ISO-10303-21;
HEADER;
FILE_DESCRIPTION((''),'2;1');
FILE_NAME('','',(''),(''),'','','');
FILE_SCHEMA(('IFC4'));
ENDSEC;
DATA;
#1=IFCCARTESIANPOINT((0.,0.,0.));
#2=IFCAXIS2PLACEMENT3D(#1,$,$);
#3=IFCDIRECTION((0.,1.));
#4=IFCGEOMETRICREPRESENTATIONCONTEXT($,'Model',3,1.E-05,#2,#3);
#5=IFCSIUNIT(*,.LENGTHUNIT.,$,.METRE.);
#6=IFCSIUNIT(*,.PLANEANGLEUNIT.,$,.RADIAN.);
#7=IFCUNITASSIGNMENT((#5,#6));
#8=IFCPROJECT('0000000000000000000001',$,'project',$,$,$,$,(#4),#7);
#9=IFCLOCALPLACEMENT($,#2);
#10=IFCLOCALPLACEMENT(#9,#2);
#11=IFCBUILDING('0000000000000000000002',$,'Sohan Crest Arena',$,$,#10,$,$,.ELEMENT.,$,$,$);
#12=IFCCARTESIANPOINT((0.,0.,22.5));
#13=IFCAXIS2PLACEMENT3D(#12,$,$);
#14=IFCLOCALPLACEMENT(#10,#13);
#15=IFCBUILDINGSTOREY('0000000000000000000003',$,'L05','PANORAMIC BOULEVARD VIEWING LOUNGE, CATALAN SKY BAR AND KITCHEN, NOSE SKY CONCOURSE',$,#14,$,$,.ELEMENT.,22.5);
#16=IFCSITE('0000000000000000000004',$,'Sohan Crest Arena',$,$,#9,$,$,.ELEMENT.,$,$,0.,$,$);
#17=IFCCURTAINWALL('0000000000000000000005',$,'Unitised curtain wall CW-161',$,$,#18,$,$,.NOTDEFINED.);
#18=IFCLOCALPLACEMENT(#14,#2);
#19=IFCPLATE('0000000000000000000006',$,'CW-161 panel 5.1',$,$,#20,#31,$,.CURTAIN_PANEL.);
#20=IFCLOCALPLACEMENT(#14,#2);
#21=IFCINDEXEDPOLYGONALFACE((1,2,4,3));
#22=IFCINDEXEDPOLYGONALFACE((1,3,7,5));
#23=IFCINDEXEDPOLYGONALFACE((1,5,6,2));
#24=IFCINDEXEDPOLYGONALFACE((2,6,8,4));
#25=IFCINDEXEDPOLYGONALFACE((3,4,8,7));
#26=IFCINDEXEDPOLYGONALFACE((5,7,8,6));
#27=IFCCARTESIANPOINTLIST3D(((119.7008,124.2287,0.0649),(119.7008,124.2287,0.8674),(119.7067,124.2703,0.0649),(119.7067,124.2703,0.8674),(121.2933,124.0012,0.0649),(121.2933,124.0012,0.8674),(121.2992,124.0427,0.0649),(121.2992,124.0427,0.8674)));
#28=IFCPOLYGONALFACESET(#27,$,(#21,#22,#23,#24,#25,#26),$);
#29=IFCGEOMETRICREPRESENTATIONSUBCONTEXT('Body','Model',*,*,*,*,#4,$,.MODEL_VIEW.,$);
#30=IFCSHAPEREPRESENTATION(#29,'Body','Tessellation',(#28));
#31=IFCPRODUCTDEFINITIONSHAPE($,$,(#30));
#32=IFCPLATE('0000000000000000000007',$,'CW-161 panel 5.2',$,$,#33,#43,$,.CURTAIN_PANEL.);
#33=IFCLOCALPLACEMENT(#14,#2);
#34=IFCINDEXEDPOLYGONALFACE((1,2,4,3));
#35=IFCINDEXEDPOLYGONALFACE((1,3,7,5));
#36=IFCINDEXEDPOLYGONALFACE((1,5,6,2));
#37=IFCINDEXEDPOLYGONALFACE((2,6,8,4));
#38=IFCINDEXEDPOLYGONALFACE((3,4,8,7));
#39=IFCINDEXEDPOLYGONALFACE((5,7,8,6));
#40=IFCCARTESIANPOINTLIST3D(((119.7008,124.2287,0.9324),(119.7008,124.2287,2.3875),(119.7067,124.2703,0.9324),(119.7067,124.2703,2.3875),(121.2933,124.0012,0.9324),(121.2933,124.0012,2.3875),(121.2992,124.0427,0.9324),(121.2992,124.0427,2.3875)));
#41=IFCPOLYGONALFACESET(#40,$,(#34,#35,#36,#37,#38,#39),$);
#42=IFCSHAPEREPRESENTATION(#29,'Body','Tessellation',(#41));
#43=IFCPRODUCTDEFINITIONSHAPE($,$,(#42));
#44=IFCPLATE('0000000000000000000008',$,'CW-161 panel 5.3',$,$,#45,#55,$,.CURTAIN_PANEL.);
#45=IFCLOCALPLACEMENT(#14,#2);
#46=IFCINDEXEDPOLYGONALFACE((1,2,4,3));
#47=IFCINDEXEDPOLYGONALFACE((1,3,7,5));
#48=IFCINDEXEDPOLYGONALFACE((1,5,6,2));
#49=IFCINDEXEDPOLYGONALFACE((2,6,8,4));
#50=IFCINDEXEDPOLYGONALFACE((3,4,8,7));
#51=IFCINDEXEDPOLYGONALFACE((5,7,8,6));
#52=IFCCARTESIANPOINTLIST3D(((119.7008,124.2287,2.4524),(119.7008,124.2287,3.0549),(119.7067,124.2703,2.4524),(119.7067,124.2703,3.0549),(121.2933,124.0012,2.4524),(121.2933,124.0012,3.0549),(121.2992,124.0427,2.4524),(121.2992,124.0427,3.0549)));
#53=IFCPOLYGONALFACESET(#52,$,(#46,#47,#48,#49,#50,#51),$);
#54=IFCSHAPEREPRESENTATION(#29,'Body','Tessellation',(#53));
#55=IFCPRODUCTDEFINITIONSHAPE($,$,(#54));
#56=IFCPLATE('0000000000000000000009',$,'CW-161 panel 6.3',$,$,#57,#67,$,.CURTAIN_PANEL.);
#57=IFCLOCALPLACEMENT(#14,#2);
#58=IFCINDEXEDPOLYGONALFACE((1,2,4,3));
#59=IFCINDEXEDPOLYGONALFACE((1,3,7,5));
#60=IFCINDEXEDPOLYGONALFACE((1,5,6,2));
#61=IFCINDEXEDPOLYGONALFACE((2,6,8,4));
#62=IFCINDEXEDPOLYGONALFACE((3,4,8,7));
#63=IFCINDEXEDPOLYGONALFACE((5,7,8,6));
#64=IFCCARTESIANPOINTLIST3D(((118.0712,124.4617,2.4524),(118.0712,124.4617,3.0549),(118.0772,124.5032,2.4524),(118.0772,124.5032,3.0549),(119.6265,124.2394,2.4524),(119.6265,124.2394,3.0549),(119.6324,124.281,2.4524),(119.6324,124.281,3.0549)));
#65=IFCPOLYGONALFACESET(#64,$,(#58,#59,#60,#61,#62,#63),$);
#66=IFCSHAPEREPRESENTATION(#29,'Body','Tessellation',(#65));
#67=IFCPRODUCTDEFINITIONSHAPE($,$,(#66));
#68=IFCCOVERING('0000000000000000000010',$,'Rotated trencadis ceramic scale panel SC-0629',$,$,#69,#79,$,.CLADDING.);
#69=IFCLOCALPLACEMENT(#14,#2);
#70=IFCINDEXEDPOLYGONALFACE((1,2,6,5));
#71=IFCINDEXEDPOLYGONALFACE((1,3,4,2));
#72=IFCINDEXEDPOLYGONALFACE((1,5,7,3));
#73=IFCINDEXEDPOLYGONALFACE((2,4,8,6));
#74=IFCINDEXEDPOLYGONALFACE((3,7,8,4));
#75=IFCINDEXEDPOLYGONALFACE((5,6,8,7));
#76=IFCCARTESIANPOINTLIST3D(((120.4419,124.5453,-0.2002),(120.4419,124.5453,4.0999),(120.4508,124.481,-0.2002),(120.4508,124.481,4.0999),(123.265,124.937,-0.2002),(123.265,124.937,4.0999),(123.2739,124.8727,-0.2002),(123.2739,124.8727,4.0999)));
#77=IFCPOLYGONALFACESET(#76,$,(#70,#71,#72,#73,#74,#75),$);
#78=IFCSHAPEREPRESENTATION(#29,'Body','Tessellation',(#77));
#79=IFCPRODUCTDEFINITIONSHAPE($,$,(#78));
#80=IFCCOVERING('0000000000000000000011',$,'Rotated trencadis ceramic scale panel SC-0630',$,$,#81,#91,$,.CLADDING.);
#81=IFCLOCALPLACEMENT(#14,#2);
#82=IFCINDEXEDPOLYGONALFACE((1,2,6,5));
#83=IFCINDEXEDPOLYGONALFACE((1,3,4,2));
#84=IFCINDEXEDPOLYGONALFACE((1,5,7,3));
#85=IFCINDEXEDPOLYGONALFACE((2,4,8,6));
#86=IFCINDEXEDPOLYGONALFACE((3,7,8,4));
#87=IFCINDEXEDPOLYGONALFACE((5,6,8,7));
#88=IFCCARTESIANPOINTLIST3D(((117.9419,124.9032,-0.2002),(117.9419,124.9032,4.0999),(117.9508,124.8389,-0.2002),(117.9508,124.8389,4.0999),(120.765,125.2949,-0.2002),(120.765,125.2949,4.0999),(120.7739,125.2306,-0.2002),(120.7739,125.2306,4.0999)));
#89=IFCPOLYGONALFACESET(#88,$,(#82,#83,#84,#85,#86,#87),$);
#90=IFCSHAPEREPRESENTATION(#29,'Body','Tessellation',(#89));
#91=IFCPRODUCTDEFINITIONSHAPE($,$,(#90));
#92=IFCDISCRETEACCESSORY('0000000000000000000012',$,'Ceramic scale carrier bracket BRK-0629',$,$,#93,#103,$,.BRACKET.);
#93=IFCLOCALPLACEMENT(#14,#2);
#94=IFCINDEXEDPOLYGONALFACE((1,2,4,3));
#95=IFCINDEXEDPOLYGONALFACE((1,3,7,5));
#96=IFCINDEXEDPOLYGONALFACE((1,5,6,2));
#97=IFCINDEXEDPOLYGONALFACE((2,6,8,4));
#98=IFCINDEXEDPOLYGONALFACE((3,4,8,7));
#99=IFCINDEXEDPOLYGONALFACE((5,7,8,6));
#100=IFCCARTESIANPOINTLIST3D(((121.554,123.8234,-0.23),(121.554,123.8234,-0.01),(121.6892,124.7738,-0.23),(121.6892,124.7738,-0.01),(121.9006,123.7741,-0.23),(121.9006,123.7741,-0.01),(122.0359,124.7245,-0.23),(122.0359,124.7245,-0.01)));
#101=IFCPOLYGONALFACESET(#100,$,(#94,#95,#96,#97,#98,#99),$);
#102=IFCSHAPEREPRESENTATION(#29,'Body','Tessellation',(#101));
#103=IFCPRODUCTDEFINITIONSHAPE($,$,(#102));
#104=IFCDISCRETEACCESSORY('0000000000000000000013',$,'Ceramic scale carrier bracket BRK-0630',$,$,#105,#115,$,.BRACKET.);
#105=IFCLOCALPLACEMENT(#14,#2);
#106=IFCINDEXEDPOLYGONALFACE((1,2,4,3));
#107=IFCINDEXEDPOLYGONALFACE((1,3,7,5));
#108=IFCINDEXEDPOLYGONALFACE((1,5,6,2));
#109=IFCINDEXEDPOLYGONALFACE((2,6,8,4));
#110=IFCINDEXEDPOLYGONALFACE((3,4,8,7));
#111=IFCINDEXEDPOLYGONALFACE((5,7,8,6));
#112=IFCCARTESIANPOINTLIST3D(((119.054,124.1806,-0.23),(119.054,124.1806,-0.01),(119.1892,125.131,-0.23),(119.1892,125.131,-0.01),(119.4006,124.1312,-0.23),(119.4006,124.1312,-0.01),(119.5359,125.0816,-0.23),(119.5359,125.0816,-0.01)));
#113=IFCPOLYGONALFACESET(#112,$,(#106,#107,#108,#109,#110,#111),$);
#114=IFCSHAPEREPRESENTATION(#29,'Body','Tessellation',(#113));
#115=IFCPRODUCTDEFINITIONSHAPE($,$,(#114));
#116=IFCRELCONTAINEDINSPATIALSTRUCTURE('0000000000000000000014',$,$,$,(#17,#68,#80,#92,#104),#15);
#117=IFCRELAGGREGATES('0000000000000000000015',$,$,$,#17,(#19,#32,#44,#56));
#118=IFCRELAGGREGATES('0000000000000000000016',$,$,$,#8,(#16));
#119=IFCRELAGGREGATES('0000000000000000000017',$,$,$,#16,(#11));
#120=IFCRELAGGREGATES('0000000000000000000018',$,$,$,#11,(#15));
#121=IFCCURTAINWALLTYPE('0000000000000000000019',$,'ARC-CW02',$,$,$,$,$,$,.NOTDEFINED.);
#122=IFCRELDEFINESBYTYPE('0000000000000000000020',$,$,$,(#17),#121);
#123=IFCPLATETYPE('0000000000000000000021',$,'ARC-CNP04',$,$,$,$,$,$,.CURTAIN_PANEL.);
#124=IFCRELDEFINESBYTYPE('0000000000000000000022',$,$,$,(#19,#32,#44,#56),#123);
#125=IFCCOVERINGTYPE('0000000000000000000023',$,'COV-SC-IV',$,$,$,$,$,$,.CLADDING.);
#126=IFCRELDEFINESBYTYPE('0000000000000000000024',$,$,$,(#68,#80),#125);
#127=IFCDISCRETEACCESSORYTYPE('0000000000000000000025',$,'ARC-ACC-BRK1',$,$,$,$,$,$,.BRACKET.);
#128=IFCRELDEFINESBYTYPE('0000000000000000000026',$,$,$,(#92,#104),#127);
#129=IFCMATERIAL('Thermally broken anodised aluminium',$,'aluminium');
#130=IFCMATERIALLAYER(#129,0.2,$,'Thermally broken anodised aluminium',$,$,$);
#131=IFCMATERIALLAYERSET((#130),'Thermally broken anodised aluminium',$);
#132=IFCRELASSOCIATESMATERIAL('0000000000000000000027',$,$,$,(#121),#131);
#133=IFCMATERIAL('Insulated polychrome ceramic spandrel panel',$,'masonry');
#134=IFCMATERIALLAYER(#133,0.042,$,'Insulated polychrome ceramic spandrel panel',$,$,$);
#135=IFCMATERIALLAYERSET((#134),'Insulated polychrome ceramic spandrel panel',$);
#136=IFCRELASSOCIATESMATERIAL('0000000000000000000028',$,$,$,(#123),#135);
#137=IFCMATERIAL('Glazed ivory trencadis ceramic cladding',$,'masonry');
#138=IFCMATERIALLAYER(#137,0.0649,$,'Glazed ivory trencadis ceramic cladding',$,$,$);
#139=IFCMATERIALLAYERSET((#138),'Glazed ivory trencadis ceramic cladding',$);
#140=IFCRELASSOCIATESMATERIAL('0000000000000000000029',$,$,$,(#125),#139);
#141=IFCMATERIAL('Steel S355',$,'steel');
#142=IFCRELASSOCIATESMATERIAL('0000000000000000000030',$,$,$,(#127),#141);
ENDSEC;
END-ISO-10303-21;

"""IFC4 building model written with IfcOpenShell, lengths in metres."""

from ifc_helpers import new_model, si_unit, direction, frame, origin, origin_2d, place, context, subcontext, project, spatial, rectangle, extrude, material, layer, layer_set, type_object, element, aggregate, save


model = new_model("IFC4")

# Units and contexts
model_context = context("Model", 3, precision=1e-05, world=origin(), true_north=direction((0.0, 1.0)))
body_context = subcontext(model_context, "Body", "Model", "MODEL_VIEW")
ifc_project = project(units=[si_unit("LENGTHUNIT", "METRE"), si_unit("PLANEANGLEUNIT", "RADIAN")], contexts=[model_context])

# Site, building, storey
site_placement = place(None, origin())
site = spatial("IfcSite", under=ifc_project, at=site_placement, Name="Sohan Crest Arena", CompositionType="ELEMENT", RefElevation=0.0)
building_placement = place(site_placement, origin())
building = spatial("IfcBuilding", under=site, at=building_placement, Name="Sohan Crest Arena", CompositionType="ELEMENT")
storey_placement = place(building_placement, frame((0.0, 0.0, 22.5)))
storey = spatial("IfcBuildingStorey", under=building, at=storey_placement, Name="L05", Description="PANORAMIC BOULEVARD VIEWING LOUNGE, CATALAN SKY BAR AND KITCHEN, NOSE SKY CONCOURSE", CompositionType="ELEMENT", Elevation=22.5)

# Curtain wall, plates
ifc_material_1 = material(Name="Thermally broken anodised aluminium", Category="aluminium")
ifc_layer_1 = layer(ifc_material_1, 0.2, Name="Thermally broken anodised aluminium")
ifc_layer_set_1 = layer_set([ifc_layer_1], Name="Thermally broken anodised aluminium")
curtain_wall_type = type_object("IfcCurtainWallType", Name="ARC-CW02", PredefinedType="NOTDEFINED", material=ifc_layer_set_1)
curtain_wall_placement = place(storey_placement, origin())
curtain_wall = element("IfcCurtainWall", 1, at=curtain_wall_placement, inside=storey, type_object=curtain_wall_type, Name="Unitised curtain wall CW-161", PredefinedType="NOTDEFINED")
ifc_material_2 = material(Name="Insulated polychrome ceramic spandrel panel", Category="masonry")
ifc_layer_2 = layer(ifc_material_2, 0.042, Name="Insulated polychrome ceramic spandrel panel")
ifc_layer_set_2 = layer_set([ifc_layer_2], Name="Insulated polychrome ceramic spandrel panel")
plate_type = type_object("IfcPlateType", Name="ARC-CNP04", PredefinedType="CURTAIN_PANEL", material=ifc_layer_set_2)
plate_1_placement = place(storey_placement, frame((120.5, 124.1357, 0.0649), z_axis=(0.0, 0.0, 1.0), x_axis=(-0.989944, 0.141463, 0.0)))
plate_1 = element("IfcPlate", 2, at=plate_1_placement, type_object=plate_type, Name="CW-161 panel 5.1", PredefinedType="CURTAIN_PANEL", context=body_context, shape_type="SweptSolid", body=[
    extrude(rectangle(XDim=1.6086, YDim=0.042, at=origin_2d()), origin(), (0.0, 0.0, 1.0), 0.8025),
])
plate_2_placement = place(storey_placement, frame((120.5, 124.1357, 0.9324), z_axis=(0.0, 0.0, 1.0), x_axis=(-0.989944, 0.141463, 0.0)))
plate_2 = element("IfcPlate", 3, at=plate_2_placement, type_object=plate_type, Name="CW-161 panel 5.2", PredefinedType="CURTAIN_PANEL", context=body_context, shape_type="SweptSolid", body=[
    extrude(rectangle(XDim=1.6086, YDim=0.042, at=origin_2d()), origin(), (0.0, 0.0, 1.0), 1.4551),
])
plate_3_placement = place(storey_placement, frame((120.5, 124.1357, 2.4524), z_axis=(0.0, 0.0, 1.0), x_axis=(-0.989944, 0.141463, 0.0)))
plate_3 = element("IfcPlate", 4, at=plate_3_placement, type_object=plate_type, Name="CW-161 panel 5.3", PredefinedType="CURTAIN_PANEL", context=body_context, shape_type="SweptSolid", body=[
    extrude(rectangle(XDim=1.6086, YDim=0.042, at=origin_2d()), origin(), (0.0, 0.0, 1.0), 0.6025),
])
plate_4_placement = place(storey_placement, frame((118.8518, 124.3713, 2.4524), z_axis=(0.0, 0.0, 1.0), x_axis=(-0.989944, 0.141463, 0.0)))
plate_4 = element("IfcPlate", 5, at=plate_4_placement, type_object=plate_type, Name="CW-161 panel 6.3", PredefinedType="CURTAIN_PANEL", context=body_context, shape_type="SweptSolid", body=[
    extrude(rectangle(XDim=1.571, YDim=0.042, at=origin_2d()), origin(), (0.0, 0.0, 1.0), 0.6025),
])
aggregate(curtain_wall, [plate_1, plate_2, plate_3, plate_4])

# Coverings
ifc_material_3 = material(Name="Glazed ivory trencadis ceramic cladding", Category="masonry")
ifc_layer_3 = layer(ifc_material_3, 0.0649, Name="Glazed ivory trencadis ceramic cladding")
ifc_layer_set_3 = layer_set([ifc_layer_3], Name="Glazed ivory trencadis ceramic cladding")
covering_type = type_object("IfcCoveringType", Name="COV-SC-IV", PredefinedType="CLADDING", material=ifc_layer_set_3)
for number, where, z_axis, x_axis, name in (
    (6, (121.8579, 124.709, -0.2002), (0.0, 0.0, 1.0), (-0.990509, -0.137445, 0.0), "Rotated trencadis ceramic scale panel SC-0629"),
    (7, (119.3579, 125.0669, -0.2002), (0.0, 0.0, 1.0), (-0.990509, -0.137445, 0.0), "Rotated trencadis ceramic scale panel SC-0630"),
):
    element("IfcCovering", number, at=place(storey_placement, frame(where, z_axis=z_axis, x_axis=x_axis)), inside=storey, type_object=covering_type, Name=name, PredefinedType="CLADDING", context=body_context, shape_type="SweptSolid", body=[
        extrude(rectangle(XDim=2.8501, YDim=0.0649, at=origin_2d()), origin(), (0.0, 0.0, 1.0), 4.3),
    ])

# Discrete accessories
ifc_material_4 = material(Name="Steel S355", Category="steel")
discrete_accessory_type = type_object("IfcDiscreteAccessoryType", Name="ARC-ACC-BRK1", PredefinedType="BRACKET", material=ifc_material_4)
for number, where, z_axis, x_axis, name in (
    (8, (121.7949, 124.2739, -0.23), (0.0, 0.0, 1.0), (-0.990024, 0.140901, 0.0), "Ceramic scale carrier bracket BRK-0629"),
    (9, (119.2949, 124.6311, -0.23), (0.0, 0.0, 1.0), (-0.990024, 0.140901, 0.0), "Ceramic scale carrier bracket BRK-0630"),
):
    element("IfcDiscreteAccessory", number, at=place(storey_placement, frame(where, z_axis=z_axis, x_axis=x_axis)), inside=storey, type_object=discrete_accessory_type, Name=name, PredefinedType="BRACKET", context=body_context, shape_type="SweptSolid", body=[
        extrude(rectangle(XDim=0.3501, YDim=0.96, at=origin_2d()), origin(), (0.0, 0.0, 1.0), 0.22),
    ])

save(model, "model.ifc")
